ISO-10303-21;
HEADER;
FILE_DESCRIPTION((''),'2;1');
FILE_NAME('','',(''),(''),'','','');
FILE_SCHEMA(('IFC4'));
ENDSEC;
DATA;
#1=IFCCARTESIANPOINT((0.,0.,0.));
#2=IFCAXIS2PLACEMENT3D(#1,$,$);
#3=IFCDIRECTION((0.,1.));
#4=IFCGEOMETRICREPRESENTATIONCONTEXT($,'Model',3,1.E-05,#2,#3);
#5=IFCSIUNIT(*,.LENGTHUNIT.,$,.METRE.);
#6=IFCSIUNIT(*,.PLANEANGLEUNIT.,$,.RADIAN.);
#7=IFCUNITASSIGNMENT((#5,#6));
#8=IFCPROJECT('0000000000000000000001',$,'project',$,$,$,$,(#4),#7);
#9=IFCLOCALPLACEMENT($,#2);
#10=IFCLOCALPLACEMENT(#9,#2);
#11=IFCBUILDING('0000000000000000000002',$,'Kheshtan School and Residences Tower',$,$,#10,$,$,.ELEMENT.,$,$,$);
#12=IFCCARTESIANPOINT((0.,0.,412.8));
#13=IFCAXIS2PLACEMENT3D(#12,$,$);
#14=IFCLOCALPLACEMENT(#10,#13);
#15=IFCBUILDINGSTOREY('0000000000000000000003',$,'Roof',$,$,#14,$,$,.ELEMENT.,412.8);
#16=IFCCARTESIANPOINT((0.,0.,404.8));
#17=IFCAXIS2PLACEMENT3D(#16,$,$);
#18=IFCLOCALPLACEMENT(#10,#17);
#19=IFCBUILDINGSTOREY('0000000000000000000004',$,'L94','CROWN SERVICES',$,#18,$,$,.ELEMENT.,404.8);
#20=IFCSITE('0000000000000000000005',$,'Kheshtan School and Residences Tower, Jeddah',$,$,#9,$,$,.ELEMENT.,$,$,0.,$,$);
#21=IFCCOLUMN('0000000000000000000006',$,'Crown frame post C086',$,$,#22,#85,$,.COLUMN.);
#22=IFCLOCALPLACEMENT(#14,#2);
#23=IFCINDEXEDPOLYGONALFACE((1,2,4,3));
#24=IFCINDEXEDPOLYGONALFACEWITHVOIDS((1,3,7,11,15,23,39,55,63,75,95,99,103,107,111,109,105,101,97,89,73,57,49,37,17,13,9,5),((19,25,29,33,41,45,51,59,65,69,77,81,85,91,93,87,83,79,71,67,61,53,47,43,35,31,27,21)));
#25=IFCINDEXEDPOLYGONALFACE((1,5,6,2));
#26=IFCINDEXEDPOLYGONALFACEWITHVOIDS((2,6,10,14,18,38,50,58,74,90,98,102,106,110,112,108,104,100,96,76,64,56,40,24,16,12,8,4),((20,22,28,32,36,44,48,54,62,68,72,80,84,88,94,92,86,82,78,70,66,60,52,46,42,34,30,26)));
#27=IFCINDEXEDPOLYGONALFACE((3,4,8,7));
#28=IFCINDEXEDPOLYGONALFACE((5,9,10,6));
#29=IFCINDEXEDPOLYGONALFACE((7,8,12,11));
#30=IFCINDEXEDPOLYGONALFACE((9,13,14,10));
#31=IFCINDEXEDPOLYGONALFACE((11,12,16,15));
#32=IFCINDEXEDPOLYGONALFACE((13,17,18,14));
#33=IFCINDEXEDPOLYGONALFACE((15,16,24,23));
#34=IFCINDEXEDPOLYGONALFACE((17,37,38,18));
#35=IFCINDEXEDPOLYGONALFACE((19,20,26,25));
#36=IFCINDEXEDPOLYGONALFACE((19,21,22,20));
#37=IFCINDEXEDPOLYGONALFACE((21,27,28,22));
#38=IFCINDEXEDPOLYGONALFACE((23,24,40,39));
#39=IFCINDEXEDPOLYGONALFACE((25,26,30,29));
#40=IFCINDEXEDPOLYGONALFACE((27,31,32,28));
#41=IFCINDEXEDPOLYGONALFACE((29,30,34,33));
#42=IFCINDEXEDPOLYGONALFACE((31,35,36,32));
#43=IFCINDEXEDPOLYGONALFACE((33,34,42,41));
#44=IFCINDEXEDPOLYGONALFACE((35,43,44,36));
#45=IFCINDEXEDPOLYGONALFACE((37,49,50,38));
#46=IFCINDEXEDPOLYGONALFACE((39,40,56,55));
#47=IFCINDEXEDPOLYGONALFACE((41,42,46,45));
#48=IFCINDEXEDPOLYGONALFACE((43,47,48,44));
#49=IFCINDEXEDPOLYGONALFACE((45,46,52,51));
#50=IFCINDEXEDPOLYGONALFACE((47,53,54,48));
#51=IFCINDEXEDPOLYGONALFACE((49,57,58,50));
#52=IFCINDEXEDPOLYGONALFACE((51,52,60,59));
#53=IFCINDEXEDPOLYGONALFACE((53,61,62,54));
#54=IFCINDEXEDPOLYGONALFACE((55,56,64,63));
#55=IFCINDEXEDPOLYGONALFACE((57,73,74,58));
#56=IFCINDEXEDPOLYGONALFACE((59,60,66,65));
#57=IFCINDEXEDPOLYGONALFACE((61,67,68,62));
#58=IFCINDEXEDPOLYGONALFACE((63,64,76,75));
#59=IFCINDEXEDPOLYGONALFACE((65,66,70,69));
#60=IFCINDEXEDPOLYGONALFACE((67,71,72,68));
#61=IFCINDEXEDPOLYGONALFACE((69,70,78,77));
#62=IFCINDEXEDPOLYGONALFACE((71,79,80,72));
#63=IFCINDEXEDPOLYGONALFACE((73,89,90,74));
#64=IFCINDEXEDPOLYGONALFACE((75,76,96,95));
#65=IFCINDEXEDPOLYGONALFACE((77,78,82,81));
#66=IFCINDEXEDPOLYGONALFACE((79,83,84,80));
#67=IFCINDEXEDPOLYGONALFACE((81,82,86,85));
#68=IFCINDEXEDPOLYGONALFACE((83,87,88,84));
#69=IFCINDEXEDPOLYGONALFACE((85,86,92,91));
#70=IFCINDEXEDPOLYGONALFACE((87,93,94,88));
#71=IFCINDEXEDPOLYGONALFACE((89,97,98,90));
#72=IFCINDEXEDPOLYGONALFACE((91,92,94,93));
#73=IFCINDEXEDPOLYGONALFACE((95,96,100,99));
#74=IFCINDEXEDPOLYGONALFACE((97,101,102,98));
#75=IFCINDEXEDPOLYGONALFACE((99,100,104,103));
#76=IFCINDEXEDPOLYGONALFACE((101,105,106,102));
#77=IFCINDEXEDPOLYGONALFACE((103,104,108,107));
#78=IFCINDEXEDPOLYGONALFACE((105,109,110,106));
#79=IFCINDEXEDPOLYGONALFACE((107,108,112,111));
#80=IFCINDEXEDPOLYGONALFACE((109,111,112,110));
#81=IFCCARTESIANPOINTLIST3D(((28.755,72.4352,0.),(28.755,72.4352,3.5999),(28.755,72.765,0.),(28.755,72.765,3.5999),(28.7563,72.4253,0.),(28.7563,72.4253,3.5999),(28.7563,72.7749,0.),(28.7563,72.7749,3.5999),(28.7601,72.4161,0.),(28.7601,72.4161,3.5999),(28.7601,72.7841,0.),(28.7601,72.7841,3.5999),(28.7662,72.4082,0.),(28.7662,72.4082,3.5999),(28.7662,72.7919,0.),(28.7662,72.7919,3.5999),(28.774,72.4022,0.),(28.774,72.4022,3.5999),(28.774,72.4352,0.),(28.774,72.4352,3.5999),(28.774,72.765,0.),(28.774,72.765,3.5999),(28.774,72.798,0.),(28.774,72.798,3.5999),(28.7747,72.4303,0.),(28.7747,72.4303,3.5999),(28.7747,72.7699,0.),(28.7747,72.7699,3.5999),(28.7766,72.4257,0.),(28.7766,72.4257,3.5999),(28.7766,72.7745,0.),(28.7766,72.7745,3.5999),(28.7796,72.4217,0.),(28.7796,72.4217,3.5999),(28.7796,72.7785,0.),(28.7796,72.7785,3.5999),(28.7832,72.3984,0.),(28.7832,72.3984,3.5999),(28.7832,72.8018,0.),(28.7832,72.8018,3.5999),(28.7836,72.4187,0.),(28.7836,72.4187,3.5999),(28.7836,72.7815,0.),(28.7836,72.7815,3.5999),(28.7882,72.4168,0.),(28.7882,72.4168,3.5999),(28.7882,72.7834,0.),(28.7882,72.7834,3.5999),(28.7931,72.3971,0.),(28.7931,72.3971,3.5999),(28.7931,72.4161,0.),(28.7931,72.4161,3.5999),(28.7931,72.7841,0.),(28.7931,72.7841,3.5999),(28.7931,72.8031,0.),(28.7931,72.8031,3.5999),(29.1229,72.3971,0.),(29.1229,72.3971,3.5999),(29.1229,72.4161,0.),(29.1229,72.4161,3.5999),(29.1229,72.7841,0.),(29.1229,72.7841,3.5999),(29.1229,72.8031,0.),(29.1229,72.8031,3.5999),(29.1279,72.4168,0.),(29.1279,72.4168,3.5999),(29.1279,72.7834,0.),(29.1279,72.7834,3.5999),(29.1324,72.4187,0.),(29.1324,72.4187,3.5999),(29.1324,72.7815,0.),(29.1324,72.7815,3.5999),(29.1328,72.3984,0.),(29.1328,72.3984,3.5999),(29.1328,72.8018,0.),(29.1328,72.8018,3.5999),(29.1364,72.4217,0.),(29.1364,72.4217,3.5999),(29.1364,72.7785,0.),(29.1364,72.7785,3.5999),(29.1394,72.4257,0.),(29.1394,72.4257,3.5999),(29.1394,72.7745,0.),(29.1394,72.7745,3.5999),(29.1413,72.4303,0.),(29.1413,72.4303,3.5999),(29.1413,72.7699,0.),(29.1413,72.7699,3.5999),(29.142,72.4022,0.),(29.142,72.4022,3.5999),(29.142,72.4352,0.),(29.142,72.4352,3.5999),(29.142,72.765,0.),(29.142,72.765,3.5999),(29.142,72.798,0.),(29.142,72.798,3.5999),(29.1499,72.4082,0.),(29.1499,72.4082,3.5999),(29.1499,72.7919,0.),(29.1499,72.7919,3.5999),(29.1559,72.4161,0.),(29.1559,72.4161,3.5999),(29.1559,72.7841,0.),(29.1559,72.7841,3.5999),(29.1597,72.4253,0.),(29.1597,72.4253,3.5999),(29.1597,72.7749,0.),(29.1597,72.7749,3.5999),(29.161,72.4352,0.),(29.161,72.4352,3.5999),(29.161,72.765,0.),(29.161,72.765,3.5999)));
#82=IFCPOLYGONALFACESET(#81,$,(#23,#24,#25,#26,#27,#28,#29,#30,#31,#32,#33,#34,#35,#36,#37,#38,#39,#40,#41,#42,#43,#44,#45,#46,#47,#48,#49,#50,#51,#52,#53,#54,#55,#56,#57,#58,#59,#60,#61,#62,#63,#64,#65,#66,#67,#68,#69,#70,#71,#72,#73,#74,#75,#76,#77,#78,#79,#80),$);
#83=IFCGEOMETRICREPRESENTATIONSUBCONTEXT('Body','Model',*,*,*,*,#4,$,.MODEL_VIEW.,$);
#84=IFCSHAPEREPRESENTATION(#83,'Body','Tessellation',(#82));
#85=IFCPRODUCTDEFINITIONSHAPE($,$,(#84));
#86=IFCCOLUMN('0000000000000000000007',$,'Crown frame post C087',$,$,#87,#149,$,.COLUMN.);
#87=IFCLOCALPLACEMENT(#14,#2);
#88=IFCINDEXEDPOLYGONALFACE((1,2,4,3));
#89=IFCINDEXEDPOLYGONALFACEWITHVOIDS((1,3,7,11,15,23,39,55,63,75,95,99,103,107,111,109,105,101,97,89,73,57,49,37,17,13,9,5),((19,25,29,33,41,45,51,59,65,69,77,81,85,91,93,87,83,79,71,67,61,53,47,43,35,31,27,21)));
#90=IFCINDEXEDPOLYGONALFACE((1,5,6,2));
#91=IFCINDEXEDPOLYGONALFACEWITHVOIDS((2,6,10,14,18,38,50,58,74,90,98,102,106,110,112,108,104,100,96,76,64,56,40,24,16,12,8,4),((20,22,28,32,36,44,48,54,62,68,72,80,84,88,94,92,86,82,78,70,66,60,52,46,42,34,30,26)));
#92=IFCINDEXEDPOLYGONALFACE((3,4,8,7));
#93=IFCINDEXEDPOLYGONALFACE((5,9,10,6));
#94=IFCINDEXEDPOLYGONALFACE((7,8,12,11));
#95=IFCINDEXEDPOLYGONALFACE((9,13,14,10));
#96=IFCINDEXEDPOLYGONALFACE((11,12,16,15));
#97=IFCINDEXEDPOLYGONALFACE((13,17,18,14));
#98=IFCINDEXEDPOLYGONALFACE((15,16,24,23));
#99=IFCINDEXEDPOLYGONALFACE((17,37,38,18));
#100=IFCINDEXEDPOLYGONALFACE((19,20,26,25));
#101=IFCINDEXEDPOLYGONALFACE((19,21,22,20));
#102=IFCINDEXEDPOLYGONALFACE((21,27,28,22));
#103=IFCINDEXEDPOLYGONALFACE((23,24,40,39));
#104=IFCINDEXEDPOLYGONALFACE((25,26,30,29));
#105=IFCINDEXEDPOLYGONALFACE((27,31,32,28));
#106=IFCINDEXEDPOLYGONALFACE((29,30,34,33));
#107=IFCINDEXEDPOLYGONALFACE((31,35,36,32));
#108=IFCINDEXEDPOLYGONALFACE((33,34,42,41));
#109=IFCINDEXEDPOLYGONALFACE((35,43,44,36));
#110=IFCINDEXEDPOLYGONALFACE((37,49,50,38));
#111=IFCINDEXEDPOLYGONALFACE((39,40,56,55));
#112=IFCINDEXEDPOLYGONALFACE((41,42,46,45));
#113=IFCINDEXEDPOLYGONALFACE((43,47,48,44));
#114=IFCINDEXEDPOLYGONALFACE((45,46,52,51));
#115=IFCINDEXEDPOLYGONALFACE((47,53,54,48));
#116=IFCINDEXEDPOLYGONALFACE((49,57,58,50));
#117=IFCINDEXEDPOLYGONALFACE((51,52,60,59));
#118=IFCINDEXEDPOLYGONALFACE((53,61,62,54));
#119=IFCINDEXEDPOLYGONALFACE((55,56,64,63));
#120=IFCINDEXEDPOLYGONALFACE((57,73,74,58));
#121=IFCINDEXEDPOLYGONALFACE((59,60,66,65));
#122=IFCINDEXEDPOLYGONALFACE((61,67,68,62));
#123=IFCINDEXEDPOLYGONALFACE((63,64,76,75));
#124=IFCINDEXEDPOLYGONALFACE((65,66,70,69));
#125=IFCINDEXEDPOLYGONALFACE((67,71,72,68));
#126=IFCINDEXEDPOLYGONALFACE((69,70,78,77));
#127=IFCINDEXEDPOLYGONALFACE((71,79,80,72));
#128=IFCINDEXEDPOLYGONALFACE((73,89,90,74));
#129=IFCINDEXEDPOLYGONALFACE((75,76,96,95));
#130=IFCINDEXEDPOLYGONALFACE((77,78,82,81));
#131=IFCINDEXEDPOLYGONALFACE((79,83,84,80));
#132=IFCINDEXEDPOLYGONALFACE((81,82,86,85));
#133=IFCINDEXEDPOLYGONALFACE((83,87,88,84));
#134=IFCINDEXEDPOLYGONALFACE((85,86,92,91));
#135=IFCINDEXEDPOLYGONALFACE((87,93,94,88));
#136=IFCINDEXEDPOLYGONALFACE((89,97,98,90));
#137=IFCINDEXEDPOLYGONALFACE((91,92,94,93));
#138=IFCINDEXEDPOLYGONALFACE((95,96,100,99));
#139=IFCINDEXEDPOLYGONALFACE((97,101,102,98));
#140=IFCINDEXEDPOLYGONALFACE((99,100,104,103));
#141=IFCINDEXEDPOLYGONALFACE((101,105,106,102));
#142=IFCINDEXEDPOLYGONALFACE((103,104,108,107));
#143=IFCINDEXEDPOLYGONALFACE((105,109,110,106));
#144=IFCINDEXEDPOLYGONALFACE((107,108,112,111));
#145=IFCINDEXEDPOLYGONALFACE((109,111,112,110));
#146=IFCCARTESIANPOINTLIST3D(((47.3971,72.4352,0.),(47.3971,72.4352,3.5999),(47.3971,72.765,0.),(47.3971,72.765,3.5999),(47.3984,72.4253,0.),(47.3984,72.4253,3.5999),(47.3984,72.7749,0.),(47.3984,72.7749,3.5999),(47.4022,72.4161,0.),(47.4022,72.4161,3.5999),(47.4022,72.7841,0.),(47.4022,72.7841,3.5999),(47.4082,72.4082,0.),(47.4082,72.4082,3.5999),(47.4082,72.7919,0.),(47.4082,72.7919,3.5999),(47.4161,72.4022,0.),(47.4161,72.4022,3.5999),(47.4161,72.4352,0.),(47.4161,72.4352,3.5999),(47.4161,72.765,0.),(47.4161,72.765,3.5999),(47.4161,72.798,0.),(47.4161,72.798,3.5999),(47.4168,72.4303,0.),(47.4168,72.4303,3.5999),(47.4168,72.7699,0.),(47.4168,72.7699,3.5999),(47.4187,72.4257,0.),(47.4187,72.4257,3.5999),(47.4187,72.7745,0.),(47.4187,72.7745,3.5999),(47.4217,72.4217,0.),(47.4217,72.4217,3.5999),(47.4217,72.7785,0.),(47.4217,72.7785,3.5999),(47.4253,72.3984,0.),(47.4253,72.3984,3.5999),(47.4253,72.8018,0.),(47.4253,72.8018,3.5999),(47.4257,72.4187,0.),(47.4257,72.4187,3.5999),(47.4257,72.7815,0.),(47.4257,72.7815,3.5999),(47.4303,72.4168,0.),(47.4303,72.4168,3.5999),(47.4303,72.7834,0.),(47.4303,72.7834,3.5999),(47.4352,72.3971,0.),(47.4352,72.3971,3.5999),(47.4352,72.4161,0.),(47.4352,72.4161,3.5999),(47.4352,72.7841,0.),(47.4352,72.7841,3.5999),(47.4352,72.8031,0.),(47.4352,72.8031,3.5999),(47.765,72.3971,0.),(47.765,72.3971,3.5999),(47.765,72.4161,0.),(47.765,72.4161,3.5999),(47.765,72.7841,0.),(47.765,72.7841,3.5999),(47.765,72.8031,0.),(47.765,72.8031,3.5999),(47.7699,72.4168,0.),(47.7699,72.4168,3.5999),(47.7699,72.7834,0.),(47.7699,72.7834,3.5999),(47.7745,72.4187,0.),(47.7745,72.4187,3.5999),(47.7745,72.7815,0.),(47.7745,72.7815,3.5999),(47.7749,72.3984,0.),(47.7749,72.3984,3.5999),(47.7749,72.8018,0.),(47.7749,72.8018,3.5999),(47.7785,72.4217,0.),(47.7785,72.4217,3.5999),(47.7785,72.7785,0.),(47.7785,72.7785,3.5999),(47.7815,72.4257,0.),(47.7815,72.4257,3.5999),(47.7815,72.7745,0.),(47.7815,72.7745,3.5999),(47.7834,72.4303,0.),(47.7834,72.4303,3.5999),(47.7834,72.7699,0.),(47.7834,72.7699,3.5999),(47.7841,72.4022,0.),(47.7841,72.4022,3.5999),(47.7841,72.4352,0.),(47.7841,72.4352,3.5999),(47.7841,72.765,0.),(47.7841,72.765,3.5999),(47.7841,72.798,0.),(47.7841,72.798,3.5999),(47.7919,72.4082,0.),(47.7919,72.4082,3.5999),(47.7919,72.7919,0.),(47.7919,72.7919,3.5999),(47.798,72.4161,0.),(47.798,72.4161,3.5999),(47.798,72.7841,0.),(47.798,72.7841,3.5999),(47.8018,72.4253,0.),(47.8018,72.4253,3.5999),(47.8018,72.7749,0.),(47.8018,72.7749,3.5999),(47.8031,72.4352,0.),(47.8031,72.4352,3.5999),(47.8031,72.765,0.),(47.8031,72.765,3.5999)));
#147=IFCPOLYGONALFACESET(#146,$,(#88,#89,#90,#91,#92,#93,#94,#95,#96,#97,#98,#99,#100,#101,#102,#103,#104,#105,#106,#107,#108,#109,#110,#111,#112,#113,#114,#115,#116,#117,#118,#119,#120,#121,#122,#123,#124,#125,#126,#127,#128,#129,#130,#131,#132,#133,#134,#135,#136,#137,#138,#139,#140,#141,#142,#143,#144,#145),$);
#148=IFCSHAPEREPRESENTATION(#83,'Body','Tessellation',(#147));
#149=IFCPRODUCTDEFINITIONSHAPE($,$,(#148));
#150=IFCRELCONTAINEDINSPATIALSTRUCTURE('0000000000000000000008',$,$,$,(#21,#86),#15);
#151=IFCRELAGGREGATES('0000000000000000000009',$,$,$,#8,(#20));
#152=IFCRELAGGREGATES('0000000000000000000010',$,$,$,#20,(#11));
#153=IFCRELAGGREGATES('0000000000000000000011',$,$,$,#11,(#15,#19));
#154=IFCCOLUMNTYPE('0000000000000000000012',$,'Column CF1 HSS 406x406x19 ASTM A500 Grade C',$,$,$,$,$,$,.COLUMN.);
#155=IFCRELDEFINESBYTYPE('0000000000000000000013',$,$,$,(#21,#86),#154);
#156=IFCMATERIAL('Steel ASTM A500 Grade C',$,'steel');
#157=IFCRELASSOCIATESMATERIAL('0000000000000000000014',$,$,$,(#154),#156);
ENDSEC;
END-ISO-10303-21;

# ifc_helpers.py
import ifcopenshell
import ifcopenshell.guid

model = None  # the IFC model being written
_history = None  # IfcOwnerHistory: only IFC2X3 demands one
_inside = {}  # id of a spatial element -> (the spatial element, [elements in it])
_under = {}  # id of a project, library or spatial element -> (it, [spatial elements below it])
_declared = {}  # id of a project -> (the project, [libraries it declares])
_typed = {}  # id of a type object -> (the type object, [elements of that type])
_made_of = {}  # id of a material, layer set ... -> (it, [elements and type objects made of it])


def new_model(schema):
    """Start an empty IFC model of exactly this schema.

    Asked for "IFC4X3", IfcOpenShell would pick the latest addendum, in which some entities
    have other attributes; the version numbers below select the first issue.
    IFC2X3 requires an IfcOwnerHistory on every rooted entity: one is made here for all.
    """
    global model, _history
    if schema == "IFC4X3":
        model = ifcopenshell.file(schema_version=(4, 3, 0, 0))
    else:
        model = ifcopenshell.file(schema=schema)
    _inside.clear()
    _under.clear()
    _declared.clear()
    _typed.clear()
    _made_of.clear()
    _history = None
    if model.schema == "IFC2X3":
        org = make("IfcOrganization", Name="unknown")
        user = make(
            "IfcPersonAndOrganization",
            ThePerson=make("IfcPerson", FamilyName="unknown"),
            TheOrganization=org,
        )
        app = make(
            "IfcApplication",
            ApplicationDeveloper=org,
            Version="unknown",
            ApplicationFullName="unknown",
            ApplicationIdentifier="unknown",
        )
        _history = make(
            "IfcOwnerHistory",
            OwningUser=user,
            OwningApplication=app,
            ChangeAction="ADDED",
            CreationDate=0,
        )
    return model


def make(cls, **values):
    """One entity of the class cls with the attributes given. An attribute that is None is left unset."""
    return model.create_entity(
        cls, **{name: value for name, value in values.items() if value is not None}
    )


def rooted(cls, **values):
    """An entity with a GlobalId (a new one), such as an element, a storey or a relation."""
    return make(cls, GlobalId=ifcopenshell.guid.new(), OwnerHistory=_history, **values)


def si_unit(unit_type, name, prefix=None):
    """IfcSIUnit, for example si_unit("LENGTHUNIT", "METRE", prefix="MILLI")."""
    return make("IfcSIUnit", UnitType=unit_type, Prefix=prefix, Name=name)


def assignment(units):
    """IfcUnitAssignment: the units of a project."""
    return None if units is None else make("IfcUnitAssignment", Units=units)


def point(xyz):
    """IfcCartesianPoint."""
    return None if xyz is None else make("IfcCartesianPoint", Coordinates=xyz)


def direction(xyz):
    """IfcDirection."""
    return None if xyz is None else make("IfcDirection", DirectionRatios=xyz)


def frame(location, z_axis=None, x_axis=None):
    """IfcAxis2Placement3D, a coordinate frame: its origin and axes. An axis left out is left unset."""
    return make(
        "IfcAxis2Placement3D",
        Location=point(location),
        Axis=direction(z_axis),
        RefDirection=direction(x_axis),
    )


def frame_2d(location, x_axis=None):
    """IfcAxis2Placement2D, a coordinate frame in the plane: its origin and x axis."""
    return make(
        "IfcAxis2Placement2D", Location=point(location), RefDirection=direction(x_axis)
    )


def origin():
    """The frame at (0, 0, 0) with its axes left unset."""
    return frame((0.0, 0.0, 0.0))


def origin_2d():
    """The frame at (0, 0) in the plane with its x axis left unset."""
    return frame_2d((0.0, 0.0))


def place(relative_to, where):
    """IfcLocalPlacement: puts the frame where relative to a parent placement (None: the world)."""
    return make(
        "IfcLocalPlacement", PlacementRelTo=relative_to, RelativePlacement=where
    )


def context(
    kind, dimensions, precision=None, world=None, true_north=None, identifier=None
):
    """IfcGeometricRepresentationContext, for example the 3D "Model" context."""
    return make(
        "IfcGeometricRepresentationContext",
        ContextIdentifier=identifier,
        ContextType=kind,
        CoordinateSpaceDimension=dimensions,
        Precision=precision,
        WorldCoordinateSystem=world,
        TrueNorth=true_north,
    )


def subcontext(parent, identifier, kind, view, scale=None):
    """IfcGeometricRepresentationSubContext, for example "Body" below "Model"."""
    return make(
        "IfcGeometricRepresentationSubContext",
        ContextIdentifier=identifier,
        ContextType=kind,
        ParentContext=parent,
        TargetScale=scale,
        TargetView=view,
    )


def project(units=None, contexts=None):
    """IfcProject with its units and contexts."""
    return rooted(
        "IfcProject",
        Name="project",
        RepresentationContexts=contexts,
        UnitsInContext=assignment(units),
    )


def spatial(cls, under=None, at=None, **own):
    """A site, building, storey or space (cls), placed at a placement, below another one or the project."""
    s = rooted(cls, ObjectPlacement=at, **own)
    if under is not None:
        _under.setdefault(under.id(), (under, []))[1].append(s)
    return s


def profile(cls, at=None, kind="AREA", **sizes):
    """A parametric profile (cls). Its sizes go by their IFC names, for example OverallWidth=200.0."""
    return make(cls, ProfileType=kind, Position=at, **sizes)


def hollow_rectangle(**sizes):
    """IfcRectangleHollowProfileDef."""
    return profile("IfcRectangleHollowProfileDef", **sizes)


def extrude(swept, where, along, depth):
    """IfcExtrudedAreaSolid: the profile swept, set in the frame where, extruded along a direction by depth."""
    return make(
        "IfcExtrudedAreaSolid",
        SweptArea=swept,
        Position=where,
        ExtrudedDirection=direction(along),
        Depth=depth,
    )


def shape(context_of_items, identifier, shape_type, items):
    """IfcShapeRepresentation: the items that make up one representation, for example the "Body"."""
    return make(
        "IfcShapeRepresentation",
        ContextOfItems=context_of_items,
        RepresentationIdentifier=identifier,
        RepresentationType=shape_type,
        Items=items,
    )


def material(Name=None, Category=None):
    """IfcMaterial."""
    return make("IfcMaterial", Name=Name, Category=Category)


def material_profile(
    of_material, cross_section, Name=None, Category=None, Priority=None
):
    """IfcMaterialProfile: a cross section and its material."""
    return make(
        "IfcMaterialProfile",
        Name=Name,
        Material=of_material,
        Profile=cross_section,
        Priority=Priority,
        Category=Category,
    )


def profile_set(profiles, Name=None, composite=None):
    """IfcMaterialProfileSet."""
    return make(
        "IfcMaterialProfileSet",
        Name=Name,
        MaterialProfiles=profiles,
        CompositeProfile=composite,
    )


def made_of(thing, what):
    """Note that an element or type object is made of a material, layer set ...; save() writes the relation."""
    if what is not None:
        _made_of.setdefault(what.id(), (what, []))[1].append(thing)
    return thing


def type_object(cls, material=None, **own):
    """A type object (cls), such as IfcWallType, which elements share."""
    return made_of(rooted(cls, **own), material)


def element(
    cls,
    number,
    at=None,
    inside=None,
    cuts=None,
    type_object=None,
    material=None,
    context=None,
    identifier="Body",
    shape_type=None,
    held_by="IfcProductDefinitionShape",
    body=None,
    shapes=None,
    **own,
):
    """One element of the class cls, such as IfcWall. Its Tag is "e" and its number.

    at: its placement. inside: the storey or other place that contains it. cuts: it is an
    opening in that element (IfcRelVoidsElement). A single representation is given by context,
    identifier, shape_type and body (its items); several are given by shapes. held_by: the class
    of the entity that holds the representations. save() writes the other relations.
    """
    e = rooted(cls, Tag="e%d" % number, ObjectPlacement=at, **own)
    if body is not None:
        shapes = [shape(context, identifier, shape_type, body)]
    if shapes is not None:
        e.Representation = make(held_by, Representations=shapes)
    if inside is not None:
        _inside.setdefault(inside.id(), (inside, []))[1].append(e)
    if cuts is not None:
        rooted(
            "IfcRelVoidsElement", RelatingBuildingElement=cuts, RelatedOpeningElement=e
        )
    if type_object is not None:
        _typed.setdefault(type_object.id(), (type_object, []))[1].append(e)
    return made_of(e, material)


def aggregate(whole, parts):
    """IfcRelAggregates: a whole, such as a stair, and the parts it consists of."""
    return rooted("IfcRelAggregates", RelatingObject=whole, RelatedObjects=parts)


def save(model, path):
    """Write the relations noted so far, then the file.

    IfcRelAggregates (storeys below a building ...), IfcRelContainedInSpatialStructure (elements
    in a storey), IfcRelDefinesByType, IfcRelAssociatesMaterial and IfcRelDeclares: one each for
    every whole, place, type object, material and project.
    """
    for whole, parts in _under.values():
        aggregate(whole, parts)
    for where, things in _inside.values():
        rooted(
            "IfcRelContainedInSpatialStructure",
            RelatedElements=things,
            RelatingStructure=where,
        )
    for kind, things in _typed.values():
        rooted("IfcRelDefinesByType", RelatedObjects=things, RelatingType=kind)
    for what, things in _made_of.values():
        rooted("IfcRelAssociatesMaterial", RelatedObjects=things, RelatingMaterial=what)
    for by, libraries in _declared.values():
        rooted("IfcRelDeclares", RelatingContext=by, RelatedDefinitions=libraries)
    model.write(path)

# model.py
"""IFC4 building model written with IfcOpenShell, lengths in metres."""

from ifc_helpers import new_model, si_unit, direction, frame, origin, origin_2d, place, context, subcontext, project, spatial, hollow_rectangle, extrude, material, material_profile, profile_set, type_object, element, save


model = new_model("IFC4")

# Units and contexts
model_context = context("Model", 3, precision=1e-05, world=origin(), true_north=direction((0.0, 1.0)))
body_context = subcontext(model_context, "Body", "Model", "MODEL_VIEW")
ifc_project = project(units=[si_unit("LENGTHUNIT", "METRE"), si_unit("PLANEANGLEUNIT", "RADIAN")], contexts=[model_context])

# Site, building, storey
site_placement = place(None, origin())
site = spatial("IfcSite", under=ifc_project, at=site_placement, Name="Kheshtan School and Residences Tower, Jeddah", CompositionType="ELEMENT", RefElevation=0.0)
building_placement = place(site_placement, origin())
building = spatial("IfcBuilding", under=site, at=building_placement, Name="Kheshtan School and Residences Tower", CompositionType="ELEMENT")
storey_1_placement = place(building_placement, frame((0.0, 0.0, 412.8)))
storey_1 = spatial("IfcBuildingStorey", under=building, at=storey_1_placement, Name="Roof", CompositionType="ELEMENT", Elevation=412.8)

# Columns
ifc_material_1 = material(Name="Steel ASTM A500 Grade C", Category="steel")
ifc_material_profile = material_profile(ifc_material_1, hollow_rectangle(XDim=0.406, YDim=0.406, WallThickness=0.019, InnerFilletRadius=0.019, OuterFilletRadius=0.0381, at=origin_2d()), Name="HSS 406x406x19")
ifc_profile_set = profile_set([ifc_material_profile], Name="Steel ASTM A500 Grade C")
column_type = type_object("IfcColumnType", Name="Column CF1 HSS 406x406x19 ASTM A500 Grade C", PredefinedType="COLUMN", material=ifc_profile_set)
for number, where, z_axis, x_axis, name in (
    (1, (28.958, 72.6001, 0.0), (0.0, 0.0, 1.0), (1.0, 0.0, 0.0), "Crown frame post C086"),
    (2, (47.6001, 72.6001, 0.0), (0.0, 0.0, 1.0), (1.0, 0.0, 0.0), "Crown frame post C087"),
):
    element("IfcColumn", number, at=place(storey_1_placement, frame(where, z_axis=z_axis, x_axis=x_axis)), inside=storey_1, type_object=column_type, Name=name, PredefinedType="COLUMN", context=body_context, shape_type="SweptSolid", body=[
        extrude(hollow_rectangle(XDim=0.406, YDim=0.406, WallThickness=0.019, InnerFilletRadius=0.019, OuterFilletRadius=0.0381, at=origin_2d()), origin(), (0.0, 0.0, 1.0), 3.5999),
    ])

# Shared definitions
storey_2_placement = place(building_placement, frame((0.0, 0.0, 404.8)))
storey_2 = spatial("IfcBuildingStorey", under=building, at=storey_2_placement, Name="L94", Description="CROWN SERVICES", CompositionType="ELEMENT", Elevation=404.8)

save(model, "model.ifc")
